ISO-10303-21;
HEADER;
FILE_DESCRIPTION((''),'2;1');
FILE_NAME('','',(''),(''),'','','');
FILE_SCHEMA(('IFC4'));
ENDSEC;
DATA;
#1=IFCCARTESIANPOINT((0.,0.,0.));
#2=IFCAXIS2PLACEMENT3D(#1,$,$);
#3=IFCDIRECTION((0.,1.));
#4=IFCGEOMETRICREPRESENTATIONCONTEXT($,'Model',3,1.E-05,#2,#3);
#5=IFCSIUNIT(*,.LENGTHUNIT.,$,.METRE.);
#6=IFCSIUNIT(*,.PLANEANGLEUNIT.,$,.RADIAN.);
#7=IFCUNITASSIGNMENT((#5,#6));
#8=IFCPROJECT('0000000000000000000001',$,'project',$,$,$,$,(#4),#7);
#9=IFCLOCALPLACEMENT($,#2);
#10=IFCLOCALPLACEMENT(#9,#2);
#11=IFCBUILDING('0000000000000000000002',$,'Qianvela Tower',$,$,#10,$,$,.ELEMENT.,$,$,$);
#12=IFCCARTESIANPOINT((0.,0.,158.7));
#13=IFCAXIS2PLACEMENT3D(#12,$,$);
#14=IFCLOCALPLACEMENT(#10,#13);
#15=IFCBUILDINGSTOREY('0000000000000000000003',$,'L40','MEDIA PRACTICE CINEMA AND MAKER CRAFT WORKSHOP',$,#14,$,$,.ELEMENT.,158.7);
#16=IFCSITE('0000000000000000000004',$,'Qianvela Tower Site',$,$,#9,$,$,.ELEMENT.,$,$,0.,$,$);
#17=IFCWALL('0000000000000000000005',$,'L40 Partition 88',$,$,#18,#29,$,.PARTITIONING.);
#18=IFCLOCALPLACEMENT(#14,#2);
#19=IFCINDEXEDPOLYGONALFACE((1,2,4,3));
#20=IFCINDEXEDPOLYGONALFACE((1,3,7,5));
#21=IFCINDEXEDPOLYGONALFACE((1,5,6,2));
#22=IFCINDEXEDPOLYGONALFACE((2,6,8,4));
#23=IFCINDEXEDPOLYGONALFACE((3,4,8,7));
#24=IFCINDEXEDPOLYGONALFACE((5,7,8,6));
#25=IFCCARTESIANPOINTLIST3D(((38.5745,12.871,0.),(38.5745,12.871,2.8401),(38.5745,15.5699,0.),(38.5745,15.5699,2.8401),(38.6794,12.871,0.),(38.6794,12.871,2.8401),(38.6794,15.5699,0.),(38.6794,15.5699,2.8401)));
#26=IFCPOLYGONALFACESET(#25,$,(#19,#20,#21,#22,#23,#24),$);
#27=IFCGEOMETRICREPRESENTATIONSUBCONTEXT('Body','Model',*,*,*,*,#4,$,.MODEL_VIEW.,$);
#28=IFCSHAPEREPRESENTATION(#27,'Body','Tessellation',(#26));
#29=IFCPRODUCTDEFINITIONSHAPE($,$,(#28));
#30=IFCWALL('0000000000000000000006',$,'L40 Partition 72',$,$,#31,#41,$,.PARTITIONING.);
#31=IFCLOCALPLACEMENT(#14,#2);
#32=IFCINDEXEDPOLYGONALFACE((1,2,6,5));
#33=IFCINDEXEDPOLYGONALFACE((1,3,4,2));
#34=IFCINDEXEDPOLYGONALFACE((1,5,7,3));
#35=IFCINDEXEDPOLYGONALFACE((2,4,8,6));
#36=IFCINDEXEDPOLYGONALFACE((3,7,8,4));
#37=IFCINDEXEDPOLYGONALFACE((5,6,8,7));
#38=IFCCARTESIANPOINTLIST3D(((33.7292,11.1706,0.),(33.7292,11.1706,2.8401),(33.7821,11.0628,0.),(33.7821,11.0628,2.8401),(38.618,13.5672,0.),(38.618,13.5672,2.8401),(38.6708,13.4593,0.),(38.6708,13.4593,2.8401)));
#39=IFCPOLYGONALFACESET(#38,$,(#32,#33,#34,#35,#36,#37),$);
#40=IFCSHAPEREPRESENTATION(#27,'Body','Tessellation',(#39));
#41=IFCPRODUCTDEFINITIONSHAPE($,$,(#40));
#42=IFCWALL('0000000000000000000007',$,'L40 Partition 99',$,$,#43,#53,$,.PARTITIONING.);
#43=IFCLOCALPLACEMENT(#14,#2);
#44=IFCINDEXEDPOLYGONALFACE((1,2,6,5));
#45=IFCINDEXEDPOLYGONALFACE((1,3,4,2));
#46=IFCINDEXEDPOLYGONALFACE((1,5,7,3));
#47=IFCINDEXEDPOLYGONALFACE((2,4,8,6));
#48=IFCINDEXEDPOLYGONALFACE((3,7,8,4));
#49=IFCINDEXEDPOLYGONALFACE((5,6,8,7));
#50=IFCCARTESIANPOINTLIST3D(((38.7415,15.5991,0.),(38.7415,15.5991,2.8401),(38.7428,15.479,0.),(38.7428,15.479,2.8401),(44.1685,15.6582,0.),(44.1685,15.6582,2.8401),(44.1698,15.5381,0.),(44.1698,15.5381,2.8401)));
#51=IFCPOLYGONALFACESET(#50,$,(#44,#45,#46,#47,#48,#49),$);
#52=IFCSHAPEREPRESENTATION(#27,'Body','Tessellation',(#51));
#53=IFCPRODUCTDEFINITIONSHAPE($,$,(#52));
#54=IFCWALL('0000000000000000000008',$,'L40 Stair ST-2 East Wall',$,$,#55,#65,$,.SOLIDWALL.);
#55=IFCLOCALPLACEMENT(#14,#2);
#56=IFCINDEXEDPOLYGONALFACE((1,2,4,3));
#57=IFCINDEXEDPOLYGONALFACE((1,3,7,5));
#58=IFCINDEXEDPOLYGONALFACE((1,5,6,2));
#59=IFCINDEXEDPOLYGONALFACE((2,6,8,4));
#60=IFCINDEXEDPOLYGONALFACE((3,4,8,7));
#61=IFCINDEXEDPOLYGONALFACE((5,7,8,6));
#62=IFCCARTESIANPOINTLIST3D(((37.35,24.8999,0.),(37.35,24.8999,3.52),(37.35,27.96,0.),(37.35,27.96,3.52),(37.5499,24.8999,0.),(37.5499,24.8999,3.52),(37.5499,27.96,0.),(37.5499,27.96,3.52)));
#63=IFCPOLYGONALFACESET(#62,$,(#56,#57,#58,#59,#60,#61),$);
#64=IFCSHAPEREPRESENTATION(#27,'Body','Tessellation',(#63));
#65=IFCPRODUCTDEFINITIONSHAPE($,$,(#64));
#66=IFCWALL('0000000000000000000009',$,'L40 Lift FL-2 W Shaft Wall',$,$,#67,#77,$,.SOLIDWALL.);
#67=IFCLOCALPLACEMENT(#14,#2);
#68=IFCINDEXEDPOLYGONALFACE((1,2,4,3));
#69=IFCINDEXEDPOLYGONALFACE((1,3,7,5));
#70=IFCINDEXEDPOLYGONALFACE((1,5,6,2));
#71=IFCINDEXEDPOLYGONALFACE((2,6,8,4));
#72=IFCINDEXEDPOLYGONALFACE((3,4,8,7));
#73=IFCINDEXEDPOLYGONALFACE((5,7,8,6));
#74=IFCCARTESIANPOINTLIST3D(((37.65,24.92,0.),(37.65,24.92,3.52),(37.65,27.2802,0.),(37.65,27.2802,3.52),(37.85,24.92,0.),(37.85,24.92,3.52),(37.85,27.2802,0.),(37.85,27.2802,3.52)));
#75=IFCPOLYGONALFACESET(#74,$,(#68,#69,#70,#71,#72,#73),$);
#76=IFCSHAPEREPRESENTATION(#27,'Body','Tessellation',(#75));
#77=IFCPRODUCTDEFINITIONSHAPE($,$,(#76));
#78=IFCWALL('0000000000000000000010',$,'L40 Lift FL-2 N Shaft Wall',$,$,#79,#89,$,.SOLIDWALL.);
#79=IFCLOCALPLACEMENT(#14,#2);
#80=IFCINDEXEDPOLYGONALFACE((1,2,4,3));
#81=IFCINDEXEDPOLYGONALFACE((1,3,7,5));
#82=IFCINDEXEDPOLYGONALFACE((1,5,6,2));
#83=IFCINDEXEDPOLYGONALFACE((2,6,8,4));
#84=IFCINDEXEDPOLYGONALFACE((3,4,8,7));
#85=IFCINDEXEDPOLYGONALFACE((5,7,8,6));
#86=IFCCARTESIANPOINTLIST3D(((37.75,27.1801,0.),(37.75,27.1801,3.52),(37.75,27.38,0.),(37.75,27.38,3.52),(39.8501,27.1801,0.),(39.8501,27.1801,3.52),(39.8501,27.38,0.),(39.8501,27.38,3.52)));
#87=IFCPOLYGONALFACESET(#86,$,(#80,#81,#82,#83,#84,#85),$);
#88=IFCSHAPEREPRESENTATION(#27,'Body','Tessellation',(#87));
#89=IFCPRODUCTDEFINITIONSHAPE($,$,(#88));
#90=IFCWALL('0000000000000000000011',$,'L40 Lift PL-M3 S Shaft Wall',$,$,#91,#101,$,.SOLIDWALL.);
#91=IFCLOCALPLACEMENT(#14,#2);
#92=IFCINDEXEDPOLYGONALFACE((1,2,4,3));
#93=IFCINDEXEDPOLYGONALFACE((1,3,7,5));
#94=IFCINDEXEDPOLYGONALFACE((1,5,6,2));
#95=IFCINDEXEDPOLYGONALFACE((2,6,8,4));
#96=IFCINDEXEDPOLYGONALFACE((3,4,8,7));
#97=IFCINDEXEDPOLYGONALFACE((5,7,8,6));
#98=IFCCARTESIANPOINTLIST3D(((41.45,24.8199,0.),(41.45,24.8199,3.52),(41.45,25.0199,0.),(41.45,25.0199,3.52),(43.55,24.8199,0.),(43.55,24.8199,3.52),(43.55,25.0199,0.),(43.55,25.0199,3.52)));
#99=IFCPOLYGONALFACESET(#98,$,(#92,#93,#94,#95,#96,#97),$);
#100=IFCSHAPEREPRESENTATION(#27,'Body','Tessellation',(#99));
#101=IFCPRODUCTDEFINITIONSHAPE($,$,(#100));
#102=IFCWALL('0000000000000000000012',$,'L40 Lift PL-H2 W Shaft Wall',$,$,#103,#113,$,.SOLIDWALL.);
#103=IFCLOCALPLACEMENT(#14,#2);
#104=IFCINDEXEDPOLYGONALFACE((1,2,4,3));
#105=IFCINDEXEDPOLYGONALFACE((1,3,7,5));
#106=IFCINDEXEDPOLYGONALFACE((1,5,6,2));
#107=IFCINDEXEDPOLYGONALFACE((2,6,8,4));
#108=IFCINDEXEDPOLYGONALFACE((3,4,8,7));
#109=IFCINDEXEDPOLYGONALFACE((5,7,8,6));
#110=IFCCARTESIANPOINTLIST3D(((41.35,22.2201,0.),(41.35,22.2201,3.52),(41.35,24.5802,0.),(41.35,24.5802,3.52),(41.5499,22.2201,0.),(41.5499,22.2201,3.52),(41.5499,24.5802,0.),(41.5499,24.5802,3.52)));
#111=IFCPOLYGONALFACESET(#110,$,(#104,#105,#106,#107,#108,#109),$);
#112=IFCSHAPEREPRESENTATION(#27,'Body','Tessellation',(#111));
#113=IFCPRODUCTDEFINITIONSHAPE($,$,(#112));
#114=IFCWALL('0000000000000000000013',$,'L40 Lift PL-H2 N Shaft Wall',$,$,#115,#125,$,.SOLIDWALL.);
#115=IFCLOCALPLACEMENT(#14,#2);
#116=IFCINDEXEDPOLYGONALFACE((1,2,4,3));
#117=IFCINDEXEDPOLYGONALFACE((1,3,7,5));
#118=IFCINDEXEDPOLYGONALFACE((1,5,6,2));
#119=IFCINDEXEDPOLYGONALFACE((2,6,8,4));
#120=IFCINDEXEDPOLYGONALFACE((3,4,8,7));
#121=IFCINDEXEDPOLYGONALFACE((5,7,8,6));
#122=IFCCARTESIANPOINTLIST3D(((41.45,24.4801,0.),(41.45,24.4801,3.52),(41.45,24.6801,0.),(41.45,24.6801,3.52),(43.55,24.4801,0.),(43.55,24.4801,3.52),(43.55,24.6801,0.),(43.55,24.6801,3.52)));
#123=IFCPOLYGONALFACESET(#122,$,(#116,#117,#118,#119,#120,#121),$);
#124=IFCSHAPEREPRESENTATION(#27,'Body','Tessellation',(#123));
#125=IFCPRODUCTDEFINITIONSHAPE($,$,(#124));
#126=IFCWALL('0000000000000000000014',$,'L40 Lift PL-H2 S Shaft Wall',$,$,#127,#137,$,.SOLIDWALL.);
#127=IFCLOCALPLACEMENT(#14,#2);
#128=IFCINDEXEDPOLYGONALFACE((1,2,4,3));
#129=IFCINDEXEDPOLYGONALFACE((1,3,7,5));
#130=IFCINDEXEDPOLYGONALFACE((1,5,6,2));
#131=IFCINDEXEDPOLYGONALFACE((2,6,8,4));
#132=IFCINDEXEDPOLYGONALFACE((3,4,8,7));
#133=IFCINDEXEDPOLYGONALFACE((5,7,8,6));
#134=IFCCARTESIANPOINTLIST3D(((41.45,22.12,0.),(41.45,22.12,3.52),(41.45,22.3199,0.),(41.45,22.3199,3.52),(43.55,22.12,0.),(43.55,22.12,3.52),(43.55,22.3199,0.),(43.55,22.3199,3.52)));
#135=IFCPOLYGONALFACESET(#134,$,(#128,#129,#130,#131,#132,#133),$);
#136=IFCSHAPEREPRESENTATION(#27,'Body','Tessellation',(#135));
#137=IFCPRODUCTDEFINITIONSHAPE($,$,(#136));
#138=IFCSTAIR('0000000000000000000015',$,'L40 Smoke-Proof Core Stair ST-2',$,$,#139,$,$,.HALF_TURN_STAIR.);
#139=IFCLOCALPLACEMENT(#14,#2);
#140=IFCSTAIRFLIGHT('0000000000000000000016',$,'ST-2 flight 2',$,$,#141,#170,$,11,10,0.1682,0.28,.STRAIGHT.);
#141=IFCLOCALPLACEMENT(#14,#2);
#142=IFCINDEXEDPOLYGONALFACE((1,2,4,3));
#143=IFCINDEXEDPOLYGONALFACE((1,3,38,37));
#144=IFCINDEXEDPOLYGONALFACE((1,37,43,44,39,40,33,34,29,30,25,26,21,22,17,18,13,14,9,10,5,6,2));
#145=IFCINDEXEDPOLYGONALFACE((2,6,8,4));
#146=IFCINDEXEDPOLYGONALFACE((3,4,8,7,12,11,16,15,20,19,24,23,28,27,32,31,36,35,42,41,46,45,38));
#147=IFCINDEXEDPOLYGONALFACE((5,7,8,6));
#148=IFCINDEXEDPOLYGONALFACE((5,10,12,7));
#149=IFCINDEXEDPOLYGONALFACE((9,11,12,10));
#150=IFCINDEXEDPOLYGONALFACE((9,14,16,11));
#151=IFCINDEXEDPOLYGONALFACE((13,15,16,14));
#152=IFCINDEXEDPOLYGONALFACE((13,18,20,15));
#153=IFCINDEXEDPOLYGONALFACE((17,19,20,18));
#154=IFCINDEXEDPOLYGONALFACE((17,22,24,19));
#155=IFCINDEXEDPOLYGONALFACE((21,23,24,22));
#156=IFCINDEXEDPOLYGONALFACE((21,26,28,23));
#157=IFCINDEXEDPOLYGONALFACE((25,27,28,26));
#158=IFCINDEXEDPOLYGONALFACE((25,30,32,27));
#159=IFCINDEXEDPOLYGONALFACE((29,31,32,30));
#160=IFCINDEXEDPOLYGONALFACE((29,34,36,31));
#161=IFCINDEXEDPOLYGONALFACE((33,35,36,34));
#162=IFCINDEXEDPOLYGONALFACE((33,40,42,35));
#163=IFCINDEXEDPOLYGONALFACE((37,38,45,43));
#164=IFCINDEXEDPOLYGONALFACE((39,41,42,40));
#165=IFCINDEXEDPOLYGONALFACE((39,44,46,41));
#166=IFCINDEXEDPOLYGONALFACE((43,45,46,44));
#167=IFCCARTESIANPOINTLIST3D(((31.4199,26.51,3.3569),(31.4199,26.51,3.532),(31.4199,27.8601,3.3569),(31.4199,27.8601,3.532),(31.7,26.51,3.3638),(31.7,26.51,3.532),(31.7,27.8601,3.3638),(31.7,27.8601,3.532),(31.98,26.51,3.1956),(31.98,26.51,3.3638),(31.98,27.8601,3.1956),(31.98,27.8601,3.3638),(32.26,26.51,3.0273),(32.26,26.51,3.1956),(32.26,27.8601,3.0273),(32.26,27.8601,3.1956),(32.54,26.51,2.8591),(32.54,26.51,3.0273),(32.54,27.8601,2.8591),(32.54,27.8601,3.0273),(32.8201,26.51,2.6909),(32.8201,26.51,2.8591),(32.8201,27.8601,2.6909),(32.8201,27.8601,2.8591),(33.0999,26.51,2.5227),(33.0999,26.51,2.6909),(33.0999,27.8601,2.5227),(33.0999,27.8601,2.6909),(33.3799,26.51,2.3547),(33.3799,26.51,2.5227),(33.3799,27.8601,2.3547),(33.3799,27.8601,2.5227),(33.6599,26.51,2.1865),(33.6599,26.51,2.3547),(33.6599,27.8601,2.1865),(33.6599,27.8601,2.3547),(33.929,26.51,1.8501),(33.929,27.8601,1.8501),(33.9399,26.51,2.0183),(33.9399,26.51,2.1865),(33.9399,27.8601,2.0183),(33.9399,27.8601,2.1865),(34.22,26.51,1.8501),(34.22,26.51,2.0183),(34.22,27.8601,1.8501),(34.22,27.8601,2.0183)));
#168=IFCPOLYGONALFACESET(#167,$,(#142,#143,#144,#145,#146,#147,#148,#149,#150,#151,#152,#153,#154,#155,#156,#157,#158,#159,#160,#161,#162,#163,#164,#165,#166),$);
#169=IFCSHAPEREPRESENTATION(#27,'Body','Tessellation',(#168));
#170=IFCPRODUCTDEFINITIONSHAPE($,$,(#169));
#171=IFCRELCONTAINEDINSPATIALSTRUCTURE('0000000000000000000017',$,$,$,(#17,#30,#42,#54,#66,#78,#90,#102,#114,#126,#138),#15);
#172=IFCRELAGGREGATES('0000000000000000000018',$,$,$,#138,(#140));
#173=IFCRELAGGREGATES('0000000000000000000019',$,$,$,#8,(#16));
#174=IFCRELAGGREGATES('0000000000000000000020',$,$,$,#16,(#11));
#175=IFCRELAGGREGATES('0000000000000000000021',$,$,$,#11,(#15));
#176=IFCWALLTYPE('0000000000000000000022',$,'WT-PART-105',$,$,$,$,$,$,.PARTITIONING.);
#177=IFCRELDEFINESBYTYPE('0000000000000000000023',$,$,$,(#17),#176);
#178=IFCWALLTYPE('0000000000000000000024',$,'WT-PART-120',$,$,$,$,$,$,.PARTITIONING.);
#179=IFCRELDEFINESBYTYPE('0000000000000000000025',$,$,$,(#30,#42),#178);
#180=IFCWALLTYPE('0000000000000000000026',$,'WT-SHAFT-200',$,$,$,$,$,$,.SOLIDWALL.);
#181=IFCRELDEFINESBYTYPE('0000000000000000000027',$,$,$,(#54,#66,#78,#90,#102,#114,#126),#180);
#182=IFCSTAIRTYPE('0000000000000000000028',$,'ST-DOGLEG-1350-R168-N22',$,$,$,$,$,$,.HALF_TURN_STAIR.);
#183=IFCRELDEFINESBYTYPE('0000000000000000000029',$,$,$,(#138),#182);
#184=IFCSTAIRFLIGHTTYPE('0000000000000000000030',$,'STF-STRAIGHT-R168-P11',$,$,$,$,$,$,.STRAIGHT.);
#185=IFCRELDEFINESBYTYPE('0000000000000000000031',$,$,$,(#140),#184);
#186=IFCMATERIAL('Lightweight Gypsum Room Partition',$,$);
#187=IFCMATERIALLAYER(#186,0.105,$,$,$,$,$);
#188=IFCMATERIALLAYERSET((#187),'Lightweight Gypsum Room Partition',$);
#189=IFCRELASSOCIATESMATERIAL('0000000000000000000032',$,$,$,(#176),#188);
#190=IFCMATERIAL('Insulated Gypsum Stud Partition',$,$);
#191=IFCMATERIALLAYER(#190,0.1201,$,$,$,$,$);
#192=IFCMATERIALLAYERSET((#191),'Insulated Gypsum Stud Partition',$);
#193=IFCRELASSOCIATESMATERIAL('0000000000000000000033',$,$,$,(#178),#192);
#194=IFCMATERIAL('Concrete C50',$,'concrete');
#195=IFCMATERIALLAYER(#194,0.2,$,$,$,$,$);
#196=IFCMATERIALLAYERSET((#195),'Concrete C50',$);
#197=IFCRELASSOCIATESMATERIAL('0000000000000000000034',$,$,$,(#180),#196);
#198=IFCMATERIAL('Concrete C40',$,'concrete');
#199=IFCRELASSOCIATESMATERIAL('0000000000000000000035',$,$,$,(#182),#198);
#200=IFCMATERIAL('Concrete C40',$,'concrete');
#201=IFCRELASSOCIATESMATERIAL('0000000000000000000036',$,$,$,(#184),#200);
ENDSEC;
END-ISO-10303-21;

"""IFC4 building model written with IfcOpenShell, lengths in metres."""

from ifc_helpers import new_model, si_unit, direction, frame, frame_2d, origin, place, context, subcontext, project, spatial, polyline, rectangle, outline, extrude, material, layer, layer_set, type_object, element, aggregate, save


model = new_model("IFC4")

# Units and contexts
model_context = context("Model", 3, precision=1e-05, world=origin(), true_north=direction((0.0, 1.0)))
body_context = subcontext(model_context, "Body", "Model", "MODEL_VIEW")
ifc_project = project(units=[si_unit("LENGTHUNIT", "METRE"), si_unit("PLANEANGLEUNIT", "RADIAN")], contexts=[model_context])

# Site, building, storey
site_placement = place(None, origin())
site = spatial("IfcSite", under=ifc_project, at=site_placement, Name="Qianvela Tower Site", CompositionType="ELEMENT", RefElevation=0.0)
building_placement = place(site_placement, origin())
building = spatial("IfcBuilding", under=site, at=building_placement, Name="Qianvela Tower", CompositionType="ELEMENT")
storey_placement = place(building_placement, frame((0.0, 0.0, 158.7)))
storey = spatial("IfcBuildingStorey", under=building, at=storey_placement, Name="L40", Description="MEDIA PRACTICE CINEMA AND MAKER CRAFT WORKSHOP", CompositionType="ELEMENT", Elevation=158.7)

# Walls
ifc_material_1 = material(Name="Lightweight Gypsum Room Partition")
ifc_layer_1 = layer(ifc_material_1, 0.105)
ifc_layer_set_1 = layer_set([ifc_layer_1], Name="Lightweight Gypsum Room Partition")
wall_type_1 = type_object("IfcWallType", Name="WT-PART-105", PredefinedType="PARTITIONING", material=ifc_layer_set_1)
wall_1_placement = place(storey_placement, frame((38.627, 15.5701, 0.0), z_axis=(0.0, 0.0, 1.0), x_axis=(0.0, -1.0, 0.0)))
element("IfcWall", 1, at=wall_1_placement, inside=storey, type_object=wall_type_1, Name="L40 Partition 88", PredefinedType="PARTITIONING", context=body_context, shape_type="SweptSolid", body=[
    extrude(rectangle(XDim=2.699, YDim=0.105, at=frame_2d((1.3496, 0.0))), origin(), (0.0, 0.0, 1.0), 2.8401),
])
ifc_material_2 = material(Name="Insulated Gypsum Stud Partition")
ifc_layer_2 = layer(ifc_material_2, 0.1201)
ifc_layer_set_2 = layer_set([ifc_layer_2], Name="Insulated Gypsum Stud Partition")
wall_type_2 = type_object("IfcWallType", Name="WT-PART-120", PredefinedType="PARTITIONING", material=ifc_layer_set_2)
wall_2_placement = place(storey_placement, frame((38.6443, 13.5132, 0.0), z_axis=(0.0, 0.0, 1.0), x_axis=(-0.897915, -0.440169, 0.0)))
element("IfcWall", 2, at=wall_2_placement, inside=storey, type_object=wall_type_2, Name="L40 Partition 72", PredefinedType="PARTITIONING", context=body_context, shape_type="SweptSolid", body=[
    extrude(rectangle(XDim=5.4446, YDim=0.1201, at=frame_2d((2.7222, 0.0))), origin(), (0.0, 0.0, 1.0), 2.8401),
])
wall_3_placement = place(storey_placement, frame((38.7422, 15.5391, 0.0), z_axis=(0.0, 0.0, 1.0), x_axis=(0.999941, 0.010886, 0.0)))
element("IfcWall", 3, at=wall_3_placement, inside=storey, type_object=wall_type_2, Name="L40 Partition 99", PredefinedType="PARTITIONING", context=body_context, shape_type="SweptSolid", body=[
    extrude(rectangle(XDim=5.4272, YDim=0.1201, at=frame_2d((2.7136, 0.0))), origin(), (0.0, 0.0, 1.0), 2.8401),
])
ifc_material_3 = material(Name="Concrete C50", Category="concrete")
ifc_layer_3 = layer(ifc_material_3, 0.2)
ifc_layer_set_3 = layer_set([ifc_layer_3], Name="Concrete C50")
wall_type_3 = type_object("IfcWallType", Name="WT-SHAFT-200", PredefinedType="SOLIDWALL", material=ifc_layer_set_3)
wall_4_placement = place(storey_placement, frame((37.45, 24.8999, 0.0), z_axis=(0.0, 0.0, 1.0), x_axis=(0.0, 1.0, 0.0)))
element("IfcWall", 4, at=wall_4_placement, inside=storey, type_object=wall_type_3, Name="L40 Stair ST-2 East Wall", PredefinedType="SOLIDWALL", context=body_context, shape_type="SweptSolid", body=[
    extrude(rectangle(XDim=3.0601, YDim=0.2, at=frame_2d((1.53, 0.0))), origin(), (0.0, 0.0, 1.0), 3.52),
])

# Walls
wall_5_placement = place(storey_placement, frame((37.75, 24.9199, 0.0), z_axis=(0.0, 0.0, 1.0), x_axis=(0.0, 1.0, 0.0)))
element("IfcWall", 5, at=wall_5_placement, inside=storey, type_object=wall_type_3, Name="L40 Lift FL-2 W Shaft Wall", PredefinedType="SOLIDWALL", context=body_context, shape_type="SweptSolid", body=[
    extrude(rectangle(XDim=2.3601, YDim=0.2, at=frame_2d((1.1802, 0.0))), origin(), (0.0, 0.0, 1.0), 3.52),
])
wall_6_placement = place(storey_placement, frame((37.75, 27.28, 0.0), z_axis=(0.0, 0.0, 1.0), x_axis=(1.0, 0.0, 0.0)))
element("IfcWall", 6, at=wall_6_placement, inside=storey, type_object=wall_type_3, Name="L40 Lift FL-2 N Shaft Wall", PredefinedType="SOLIDWALL", context=body_context, shape_type="SweptSolid", body=[
    extrude(rectangle(XDim=2.1001, YDim=0.2, at=frame_2d((1.05, 0.0))), origin(), (0.0, 0.0, 1.0), 3.52),
])

# Walls
wall_7_placement = place(storey_placement, frame((41.45, 24.9199, 0.0), z_axis=(0.0, 0.0, 1.0), x_axis=(1.0, 0.0, 0.0)))
element("IfcWall", 7, at=wall_7_placement, inside=storey, type_object=wall_type_3, Name="L40 Lift PL-M3 S Shaft Wall", PredefinedType="SOLIDWALL", context=body_context, shape_type="SweptSolid", body=[
    extrude(rectangle(XDim=2.1001, YDim=0.2, at=frame_2d((1.05, 0.0))), origin(), (0.0, 0.0, 1.0), 3.52),
])
wall_8_placement = place(storey_placement, frame((41.45, 22.22, 0.0), z_axis=(0.0, 0.0, 1.0), x_axis=(0.0, 1.0, 0.0)))
element("IfcWall", 8, at=wall_8_placement, inside=storey, type_object=wall_type_3, Name="L40 Lift PL-H2 W Shaft Wall", PredefinedType="SOLIDWALL", context=body_context, shape_type="SweptSolid", body=[
    extrude(rectangle(XDim=2.3601, YDim=0.2, at=frame_2d((1.1802, 0.0))), origin(), (0.0, 0.0, 1.0), 3.52),
])
for number, where, z_axis, x_axis, name in (
    (9, (41.45, 24.5801, 0.0), (0.0, 0.0, 1.0), (1.0, 0.0, 0.0), "L40 Lift PL-H2 N Shaft Wall"),
    (10, (41.45, 22.22, 0.0), (0.0, 0.0, 1.0), (1.0, 0.0, 0.0), "L40 Lift PL-H2 S Shaft Wall"),
):
    element("IfcWall", number, at=place(storey_placement, frame(where, z_axis=z_axis, x_axis=x_axis)), inside=storey, type_object=wall_type_3, Name=name, PredefinedType="SOLIDWALL", context=body_context, shape_type="SweptSolid", body=[
        extrude(rectangle(XDim=2.1001, YDim=0.2, at=frame_2d((1.05, 0.0))), origin(), (0.0, 0.0, 1.0), 3.52),
    ])

# Stair, stair flight
ifc_material_4 = material(Name="Concrete C40", Category="concrete")
stair_type = type_object("IfcStairType", Name="ST-DOGLEG-1350-R168-N22", PredefinedType="HALF_TURN_STAIR", material=ifc_material_4)
stair_placement = place(storey_placement, origin())
stair = element("IfcStair", 11, at=stair_placement, inside=storey, type_object=stair_type, Name="L40 Smoke-Proof Core Stair ST-2", PredefinedType="HALF_TURN_STAIR")
ifc_material_5 = material(Name="Concrete C40", Category="concrete")
stair_flight_type = type_object("IfcStairFlightType", Name="STF-STRAIGHT-R168-P11", PredefinedType="STRAIGHT", material=ifc_material_5)
stair_flight_placement = place(storey_placement, frame((34.22, 27.1851, 1.8501), z_axis=(0.0, 0.0, 1.0), x_axis=(-1.0, 0.0, 0.0)))
stair_flight = element("IfcStairFlight", 12, at=stair_flight_placement, type_object=stair_flight_type, Name="ST-2 flight 2", NumberOfRisers=11, NumberOfTreads=10, PredefinedType="STRAIGHT", RiserHeight=0.1682, TreadLength=0.28, context=body_context, shape_type="SweptSolid", body=[
    extrude(outline(polyline([(0.0, 0.0), (0.0, 0.1682), (0.28, 0.1682), (0.28, 0.3364), (0.5601, 0.3364), (0.5601, 0.5046), (0.8401, 0.5046), (0.8401, 0.6726), (1.1201, 0.6726), (1.1201, 0.8408), (1.3999, 0.8408), (1.3999, 1.009), (1.6799, 1.009), (1.6799, 1.1772), (1.96, 1.1772), (1.96, 1.3455), (2.24, 1.3455), (2.24, 1.5137), (2.52, 1.5137), (2.52, 1.6819), (2.8, 1.6819), (2.8, 1.8501), (2.8, 1.5068), (0.291, 0.0), (0.0, 0.0)])), frame((0.0, 0.675, 0.0), z_axis=(0.0, -1.0, 0.0), x_axis=(1.0, 0.0, 0.0)), (0.0, 0.0, 1.0), 1.3501),
])
aggregate(stair, [stair_flight])

save(model, "model.ifc")
